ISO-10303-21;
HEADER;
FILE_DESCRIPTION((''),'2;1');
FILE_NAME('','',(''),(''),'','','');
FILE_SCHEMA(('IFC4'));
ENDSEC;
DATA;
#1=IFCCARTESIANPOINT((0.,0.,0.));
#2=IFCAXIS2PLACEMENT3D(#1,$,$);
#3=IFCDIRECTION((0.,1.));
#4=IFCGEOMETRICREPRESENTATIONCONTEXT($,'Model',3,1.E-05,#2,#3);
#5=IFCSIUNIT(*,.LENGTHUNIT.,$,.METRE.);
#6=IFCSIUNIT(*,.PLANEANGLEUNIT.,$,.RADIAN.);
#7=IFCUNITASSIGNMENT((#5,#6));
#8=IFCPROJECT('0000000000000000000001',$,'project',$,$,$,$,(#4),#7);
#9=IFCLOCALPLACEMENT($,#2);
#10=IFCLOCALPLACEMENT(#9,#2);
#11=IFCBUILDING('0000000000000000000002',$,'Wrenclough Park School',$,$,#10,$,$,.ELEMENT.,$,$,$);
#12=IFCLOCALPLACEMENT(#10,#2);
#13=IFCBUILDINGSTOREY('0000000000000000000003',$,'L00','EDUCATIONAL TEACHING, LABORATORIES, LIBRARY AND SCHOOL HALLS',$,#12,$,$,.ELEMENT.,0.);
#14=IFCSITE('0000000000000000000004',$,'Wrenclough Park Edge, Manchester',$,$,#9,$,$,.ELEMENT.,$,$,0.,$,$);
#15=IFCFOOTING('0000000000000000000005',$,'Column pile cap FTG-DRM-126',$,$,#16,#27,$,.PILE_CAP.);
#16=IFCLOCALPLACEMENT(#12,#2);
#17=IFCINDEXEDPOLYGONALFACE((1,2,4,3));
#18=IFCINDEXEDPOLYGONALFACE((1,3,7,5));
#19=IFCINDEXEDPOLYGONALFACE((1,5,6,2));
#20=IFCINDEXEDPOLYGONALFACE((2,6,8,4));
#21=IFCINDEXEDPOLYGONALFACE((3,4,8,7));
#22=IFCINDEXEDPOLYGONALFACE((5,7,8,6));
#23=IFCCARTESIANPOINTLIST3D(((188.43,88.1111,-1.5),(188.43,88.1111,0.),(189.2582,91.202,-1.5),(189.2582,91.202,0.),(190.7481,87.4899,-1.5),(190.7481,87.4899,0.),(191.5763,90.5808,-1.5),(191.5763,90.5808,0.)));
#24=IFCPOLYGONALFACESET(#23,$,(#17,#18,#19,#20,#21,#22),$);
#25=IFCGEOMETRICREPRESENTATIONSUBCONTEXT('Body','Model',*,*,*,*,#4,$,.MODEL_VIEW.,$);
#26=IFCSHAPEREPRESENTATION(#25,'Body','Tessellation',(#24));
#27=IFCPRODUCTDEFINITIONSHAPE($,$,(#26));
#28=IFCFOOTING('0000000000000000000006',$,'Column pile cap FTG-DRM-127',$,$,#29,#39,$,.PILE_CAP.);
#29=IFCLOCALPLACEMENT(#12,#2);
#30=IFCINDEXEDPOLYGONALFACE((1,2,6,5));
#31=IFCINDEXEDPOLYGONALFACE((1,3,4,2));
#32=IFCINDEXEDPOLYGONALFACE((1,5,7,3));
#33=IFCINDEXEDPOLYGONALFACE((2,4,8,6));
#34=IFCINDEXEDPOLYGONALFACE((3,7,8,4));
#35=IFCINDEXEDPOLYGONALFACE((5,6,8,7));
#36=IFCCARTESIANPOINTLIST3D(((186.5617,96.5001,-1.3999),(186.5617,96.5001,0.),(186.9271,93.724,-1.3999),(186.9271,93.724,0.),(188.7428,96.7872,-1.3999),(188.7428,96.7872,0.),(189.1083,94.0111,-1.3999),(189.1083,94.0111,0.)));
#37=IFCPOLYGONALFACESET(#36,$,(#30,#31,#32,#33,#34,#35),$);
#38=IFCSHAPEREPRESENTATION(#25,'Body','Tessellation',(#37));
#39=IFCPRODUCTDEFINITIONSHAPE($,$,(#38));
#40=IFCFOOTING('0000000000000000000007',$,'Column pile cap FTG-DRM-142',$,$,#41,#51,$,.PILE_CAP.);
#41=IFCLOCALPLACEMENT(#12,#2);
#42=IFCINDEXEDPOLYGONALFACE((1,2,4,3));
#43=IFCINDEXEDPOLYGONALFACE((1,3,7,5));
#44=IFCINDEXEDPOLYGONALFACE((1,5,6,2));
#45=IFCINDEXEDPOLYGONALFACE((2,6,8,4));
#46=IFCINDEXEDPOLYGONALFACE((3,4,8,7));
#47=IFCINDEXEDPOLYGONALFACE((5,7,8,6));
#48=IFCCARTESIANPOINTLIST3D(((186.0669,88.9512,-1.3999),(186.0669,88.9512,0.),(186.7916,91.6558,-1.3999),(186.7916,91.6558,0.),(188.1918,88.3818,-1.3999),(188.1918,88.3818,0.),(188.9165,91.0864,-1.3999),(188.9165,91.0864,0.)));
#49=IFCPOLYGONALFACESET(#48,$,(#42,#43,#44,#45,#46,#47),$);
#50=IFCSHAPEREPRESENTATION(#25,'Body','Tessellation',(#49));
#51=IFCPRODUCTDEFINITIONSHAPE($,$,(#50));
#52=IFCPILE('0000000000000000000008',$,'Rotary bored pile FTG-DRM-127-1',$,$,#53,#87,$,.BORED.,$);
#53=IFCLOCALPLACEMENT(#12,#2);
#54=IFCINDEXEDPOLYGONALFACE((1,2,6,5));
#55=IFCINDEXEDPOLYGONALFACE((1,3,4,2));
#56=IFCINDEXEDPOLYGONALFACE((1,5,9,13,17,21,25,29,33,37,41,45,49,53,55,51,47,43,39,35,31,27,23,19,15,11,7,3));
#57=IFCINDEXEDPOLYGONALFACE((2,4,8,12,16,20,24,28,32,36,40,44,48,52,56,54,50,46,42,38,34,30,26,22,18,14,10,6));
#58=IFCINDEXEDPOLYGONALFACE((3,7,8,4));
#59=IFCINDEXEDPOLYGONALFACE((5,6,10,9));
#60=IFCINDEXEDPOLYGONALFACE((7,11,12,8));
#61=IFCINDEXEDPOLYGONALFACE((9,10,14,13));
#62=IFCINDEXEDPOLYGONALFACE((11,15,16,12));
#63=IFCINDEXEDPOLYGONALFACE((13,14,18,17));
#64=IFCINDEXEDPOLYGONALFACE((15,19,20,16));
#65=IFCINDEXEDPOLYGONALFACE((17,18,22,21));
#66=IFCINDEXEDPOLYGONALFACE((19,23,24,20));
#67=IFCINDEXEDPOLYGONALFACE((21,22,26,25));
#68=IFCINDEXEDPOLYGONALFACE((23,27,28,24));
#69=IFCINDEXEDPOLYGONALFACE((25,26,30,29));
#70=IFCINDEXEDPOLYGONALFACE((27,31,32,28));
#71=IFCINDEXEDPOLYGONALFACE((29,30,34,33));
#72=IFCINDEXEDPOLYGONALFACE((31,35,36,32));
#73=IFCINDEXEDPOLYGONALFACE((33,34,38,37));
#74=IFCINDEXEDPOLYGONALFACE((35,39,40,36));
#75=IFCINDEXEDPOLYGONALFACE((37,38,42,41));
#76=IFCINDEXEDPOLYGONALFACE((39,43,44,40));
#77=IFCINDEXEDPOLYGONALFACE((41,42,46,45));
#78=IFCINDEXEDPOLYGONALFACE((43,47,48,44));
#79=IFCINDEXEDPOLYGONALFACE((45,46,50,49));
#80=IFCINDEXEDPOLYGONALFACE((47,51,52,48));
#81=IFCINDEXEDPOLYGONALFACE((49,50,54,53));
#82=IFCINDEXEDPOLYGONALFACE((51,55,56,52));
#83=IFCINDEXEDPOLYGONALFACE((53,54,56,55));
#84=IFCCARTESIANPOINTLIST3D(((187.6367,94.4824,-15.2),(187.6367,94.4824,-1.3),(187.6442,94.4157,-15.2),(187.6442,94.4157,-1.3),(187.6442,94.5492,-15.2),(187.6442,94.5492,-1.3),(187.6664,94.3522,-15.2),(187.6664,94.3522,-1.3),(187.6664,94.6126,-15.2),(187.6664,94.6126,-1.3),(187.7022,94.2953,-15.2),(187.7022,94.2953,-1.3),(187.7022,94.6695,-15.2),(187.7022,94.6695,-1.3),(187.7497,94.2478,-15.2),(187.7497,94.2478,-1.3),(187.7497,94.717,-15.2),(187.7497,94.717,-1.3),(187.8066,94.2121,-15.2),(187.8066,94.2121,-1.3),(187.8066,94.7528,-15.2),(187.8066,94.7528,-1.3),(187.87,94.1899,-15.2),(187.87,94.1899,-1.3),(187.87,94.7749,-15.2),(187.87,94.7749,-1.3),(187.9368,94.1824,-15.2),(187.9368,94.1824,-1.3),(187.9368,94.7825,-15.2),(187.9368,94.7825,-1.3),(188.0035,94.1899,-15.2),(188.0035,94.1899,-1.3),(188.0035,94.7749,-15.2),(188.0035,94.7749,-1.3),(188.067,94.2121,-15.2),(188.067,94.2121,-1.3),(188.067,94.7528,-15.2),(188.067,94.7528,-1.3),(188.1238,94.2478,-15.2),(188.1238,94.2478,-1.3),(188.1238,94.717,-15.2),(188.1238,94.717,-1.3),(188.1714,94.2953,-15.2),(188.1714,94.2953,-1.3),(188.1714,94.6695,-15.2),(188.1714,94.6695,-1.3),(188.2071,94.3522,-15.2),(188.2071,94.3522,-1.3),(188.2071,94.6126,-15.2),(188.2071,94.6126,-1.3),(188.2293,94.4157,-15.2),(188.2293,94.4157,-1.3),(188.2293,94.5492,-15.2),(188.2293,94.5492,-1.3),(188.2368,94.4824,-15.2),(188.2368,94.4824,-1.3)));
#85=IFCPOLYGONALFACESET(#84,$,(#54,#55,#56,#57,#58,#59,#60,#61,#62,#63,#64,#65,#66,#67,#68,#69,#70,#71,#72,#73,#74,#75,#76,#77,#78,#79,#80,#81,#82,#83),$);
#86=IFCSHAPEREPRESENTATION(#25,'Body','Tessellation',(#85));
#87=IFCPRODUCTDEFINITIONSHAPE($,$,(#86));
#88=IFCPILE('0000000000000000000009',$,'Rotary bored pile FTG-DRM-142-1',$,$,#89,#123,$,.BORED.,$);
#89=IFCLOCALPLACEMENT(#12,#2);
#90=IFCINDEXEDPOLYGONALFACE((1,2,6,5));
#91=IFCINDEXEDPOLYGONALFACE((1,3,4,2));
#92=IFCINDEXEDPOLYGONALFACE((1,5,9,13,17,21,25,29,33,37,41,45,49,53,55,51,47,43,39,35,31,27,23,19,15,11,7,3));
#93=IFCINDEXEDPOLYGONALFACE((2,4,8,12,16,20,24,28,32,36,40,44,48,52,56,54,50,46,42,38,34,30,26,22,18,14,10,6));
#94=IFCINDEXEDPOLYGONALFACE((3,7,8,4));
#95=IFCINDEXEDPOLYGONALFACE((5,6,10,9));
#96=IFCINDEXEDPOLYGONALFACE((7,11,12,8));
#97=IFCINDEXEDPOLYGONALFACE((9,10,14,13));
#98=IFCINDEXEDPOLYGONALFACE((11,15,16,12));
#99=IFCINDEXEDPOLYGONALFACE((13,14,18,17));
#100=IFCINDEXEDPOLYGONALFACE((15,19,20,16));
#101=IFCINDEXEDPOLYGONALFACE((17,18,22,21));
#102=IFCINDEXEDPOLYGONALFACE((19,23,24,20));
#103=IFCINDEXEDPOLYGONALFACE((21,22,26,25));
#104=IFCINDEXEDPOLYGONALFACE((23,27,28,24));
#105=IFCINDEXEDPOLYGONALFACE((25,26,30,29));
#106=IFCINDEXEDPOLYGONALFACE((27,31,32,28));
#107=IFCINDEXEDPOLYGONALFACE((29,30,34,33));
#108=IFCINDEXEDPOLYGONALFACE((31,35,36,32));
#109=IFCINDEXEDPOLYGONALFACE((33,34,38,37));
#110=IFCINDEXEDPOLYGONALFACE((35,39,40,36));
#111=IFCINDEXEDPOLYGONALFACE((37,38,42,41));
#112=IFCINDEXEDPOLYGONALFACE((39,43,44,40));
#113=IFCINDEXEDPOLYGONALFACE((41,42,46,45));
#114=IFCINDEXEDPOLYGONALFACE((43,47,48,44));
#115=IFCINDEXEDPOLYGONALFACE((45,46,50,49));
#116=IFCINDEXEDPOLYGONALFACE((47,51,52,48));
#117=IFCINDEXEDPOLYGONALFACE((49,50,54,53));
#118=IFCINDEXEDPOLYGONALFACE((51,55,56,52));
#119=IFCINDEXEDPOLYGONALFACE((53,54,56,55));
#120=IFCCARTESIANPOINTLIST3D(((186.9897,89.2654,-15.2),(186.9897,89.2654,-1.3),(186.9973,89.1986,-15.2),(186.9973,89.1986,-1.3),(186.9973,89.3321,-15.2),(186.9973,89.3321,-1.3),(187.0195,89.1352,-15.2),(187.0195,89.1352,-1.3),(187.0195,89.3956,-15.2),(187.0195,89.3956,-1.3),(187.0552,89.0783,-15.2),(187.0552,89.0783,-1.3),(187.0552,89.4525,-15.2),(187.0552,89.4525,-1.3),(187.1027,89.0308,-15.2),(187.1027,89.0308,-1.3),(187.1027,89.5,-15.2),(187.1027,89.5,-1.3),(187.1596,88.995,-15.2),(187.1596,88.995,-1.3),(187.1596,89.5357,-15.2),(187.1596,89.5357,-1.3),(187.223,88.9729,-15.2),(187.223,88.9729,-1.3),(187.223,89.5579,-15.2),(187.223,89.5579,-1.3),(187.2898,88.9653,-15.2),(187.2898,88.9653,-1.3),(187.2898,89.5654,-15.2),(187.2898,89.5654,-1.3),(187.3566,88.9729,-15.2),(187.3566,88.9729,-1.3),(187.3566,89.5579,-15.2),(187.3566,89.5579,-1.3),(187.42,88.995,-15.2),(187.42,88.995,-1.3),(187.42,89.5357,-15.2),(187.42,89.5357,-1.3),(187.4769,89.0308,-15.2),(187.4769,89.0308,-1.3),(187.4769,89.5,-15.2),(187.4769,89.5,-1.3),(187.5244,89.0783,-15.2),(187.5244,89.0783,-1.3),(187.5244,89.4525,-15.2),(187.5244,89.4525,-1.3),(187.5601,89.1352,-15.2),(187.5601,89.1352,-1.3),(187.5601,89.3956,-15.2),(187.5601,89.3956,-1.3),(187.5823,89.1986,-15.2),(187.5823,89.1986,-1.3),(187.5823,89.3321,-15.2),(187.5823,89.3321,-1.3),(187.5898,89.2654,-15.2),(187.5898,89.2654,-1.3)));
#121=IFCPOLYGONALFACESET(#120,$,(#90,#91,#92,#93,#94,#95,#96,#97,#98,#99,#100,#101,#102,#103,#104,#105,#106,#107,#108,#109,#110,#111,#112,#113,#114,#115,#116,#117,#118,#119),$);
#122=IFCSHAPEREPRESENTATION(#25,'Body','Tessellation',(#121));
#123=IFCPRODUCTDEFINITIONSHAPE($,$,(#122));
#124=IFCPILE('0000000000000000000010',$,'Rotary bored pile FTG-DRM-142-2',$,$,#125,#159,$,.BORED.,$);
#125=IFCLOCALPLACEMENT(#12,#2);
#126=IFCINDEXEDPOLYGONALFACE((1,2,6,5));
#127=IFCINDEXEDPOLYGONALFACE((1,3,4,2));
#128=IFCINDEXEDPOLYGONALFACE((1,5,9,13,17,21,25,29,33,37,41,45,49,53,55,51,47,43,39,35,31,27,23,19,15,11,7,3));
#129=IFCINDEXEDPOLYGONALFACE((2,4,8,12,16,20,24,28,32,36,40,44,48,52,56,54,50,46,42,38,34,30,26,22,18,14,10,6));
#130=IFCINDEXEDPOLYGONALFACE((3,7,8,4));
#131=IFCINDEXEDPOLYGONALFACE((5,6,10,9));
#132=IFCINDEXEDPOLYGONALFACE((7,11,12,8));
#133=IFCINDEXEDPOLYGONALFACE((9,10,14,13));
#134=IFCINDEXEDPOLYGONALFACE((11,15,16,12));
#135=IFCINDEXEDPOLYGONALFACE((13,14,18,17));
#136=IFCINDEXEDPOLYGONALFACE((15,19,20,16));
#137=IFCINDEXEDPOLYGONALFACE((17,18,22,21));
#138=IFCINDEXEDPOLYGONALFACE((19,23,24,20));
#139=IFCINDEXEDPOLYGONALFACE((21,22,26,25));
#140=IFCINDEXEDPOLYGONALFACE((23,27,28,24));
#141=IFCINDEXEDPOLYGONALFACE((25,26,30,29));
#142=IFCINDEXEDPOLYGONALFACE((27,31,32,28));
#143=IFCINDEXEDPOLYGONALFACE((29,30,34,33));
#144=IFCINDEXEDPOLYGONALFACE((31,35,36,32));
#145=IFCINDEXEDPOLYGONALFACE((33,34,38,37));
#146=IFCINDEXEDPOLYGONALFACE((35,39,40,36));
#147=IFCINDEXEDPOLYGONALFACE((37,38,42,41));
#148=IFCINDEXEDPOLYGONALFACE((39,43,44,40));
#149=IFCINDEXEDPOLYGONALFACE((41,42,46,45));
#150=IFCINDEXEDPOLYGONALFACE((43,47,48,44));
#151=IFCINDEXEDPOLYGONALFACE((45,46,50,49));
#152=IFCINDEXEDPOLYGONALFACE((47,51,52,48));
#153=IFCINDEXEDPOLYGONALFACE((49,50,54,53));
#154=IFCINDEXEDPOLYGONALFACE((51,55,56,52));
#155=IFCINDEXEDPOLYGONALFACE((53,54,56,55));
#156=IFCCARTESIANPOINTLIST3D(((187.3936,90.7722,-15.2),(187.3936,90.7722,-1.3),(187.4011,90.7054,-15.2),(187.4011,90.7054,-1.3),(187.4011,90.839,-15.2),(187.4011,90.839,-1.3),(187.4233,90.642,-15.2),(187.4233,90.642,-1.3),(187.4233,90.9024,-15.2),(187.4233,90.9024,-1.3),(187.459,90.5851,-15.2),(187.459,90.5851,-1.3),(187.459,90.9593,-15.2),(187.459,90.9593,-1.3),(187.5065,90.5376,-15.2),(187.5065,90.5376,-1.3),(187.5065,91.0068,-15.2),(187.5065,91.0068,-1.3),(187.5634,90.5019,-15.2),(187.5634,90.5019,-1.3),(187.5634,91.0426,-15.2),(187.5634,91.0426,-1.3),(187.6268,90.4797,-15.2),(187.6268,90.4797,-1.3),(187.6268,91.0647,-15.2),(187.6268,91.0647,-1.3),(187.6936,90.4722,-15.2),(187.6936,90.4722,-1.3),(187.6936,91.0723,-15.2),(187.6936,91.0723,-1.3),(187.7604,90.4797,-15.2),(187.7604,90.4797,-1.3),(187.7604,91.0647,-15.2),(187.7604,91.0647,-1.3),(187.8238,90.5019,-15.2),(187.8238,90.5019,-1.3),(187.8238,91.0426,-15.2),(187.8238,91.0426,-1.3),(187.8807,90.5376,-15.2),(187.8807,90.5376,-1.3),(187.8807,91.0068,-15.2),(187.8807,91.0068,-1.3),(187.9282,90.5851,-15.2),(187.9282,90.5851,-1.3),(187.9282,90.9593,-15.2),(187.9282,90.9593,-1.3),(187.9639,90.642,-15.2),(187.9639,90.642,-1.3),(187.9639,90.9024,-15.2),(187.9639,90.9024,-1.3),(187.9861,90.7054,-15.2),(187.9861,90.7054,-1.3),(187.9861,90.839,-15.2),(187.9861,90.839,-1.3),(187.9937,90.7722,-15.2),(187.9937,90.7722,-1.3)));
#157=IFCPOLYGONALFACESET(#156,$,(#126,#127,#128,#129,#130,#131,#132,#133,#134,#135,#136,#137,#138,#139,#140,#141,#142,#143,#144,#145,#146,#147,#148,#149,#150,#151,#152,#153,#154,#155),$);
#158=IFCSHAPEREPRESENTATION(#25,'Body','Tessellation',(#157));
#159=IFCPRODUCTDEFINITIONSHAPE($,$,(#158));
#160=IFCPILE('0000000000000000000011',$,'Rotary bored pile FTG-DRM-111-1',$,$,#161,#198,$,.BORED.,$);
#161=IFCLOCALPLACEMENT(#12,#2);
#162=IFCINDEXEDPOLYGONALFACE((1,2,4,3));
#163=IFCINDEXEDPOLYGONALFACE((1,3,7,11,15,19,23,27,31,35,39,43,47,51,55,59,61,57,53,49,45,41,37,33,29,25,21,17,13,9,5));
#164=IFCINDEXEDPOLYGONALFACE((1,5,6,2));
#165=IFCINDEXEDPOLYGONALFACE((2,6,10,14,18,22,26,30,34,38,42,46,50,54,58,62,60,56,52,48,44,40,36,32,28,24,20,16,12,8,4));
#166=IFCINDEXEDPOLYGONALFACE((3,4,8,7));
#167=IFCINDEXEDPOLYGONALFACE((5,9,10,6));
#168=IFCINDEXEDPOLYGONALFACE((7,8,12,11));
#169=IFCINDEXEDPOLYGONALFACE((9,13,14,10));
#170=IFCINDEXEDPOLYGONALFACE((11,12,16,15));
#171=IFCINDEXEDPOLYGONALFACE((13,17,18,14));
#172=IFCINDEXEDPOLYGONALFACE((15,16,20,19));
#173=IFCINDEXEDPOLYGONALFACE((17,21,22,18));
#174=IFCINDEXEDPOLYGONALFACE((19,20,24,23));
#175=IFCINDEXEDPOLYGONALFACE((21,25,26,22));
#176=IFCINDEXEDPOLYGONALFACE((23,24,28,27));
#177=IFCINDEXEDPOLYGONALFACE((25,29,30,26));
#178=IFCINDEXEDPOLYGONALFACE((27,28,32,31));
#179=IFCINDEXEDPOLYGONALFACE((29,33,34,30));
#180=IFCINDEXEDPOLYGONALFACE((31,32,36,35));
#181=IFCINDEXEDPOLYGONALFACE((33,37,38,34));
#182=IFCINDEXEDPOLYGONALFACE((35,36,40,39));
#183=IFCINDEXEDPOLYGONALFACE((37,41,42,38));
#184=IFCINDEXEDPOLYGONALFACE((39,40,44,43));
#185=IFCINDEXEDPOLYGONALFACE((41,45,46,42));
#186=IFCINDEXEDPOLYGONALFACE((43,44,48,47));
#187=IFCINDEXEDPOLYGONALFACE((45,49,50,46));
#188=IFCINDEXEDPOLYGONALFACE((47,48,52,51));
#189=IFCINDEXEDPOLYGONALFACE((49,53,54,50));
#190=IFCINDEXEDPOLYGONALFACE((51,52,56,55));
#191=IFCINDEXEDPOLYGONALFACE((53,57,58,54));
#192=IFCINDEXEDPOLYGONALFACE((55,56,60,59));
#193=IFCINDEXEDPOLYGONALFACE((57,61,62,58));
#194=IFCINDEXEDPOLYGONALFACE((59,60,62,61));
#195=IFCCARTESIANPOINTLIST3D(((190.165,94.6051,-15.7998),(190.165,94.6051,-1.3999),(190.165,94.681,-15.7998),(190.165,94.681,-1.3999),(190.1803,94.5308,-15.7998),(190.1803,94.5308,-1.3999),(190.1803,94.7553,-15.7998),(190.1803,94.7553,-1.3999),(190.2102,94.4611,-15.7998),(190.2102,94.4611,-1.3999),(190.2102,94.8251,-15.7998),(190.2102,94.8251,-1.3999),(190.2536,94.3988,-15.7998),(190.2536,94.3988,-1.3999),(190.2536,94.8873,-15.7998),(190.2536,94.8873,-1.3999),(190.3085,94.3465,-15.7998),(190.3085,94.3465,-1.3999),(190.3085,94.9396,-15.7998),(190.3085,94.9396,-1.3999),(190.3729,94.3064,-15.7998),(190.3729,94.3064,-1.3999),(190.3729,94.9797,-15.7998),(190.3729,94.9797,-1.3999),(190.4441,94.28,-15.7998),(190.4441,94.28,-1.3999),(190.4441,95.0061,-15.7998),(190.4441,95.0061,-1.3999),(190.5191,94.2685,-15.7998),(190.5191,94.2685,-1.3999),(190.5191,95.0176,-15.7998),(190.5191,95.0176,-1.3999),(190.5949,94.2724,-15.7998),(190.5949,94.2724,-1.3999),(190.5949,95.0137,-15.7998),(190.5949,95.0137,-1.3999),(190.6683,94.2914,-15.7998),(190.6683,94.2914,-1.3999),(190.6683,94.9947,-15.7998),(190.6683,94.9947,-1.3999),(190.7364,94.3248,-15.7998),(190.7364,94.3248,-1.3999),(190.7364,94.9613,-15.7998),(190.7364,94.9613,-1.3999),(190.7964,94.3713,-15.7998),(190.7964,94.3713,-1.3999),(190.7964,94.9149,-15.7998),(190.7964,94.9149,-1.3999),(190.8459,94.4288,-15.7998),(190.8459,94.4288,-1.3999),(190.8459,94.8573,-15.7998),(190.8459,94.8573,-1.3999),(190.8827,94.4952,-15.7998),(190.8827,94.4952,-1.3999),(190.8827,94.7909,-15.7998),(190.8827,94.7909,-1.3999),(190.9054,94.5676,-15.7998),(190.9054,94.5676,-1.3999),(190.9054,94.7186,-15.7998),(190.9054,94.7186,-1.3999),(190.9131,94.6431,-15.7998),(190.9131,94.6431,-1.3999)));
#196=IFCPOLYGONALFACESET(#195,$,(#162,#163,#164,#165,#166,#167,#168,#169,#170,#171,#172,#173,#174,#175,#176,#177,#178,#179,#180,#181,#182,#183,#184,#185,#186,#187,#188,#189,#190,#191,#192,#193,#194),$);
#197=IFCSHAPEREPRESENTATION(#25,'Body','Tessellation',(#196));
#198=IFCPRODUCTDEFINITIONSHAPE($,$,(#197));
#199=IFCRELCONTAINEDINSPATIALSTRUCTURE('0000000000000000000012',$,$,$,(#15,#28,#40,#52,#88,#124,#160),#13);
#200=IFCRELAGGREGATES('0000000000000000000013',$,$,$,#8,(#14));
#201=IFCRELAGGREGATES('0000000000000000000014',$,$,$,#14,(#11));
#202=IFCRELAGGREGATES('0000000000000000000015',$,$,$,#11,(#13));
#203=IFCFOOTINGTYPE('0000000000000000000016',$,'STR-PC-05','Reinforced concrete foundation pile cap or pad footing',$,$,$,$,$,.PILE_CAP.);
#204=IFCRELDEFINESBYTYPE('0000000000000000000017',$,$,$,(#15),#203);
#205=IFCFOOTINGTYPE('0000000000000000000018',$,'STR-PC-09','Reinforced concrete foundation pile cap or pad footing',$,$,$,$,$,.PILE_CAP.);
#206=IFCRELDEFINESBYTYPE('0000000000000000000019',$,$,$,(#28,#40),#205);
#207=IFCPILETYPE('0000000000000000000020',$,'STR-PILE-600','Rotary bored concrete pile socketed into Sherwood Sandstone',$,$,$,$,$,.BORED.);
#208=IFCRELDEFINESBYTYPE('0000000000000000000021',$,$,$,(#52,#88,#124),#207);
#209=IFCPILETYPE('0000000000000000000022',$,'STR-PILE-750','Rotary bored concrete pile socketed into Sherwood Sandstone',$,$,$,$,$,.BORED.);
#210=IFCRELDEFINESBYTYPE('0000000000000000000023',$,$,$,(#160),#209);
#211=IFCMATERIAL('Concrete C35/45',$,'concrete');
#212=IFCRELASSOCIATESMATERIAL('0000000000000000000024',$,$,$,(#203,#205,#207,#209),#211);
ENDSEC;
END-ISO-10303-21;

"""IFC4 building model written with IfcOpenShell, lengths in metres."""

from ifc_helpers import new_model, si_unit, direction, frame, origin, origin_2d, place, context, subcontext, project, spatial, rectangle, circle, extrude, material, material_profile, profile_set, type_object, element, save


model = new_model("IFC4")

# Units and contexts
model_context = context("Model", 3, precision=1e-05, world=origin(), true_north=direction((0.0, 1.0)))
body_context = subcontext(model_context, "Body", "Model", "MODEL_VIEW")
ifc_project = project(units=[si_unit("LENGTHUNIT", "METRE"), si_unit("PLANEANGLEUNIT", "RADIAN")], contexts=[model_context])

# Site, building, storey
site_placement = place(None, origin())
site = spatial("IfcSite", under=ifc_project, at=site_placement, Name="Wrenclough Park Edge, Manchester", CompositionType="ELEMENT", RefElevation=0.0)
building_placement = place(site_placement, origin())
building = spatial("IfcBuilding", under=site, at=building_placement, Name="Wrenclough Park School", CompositionType="ELEMENT")
storey_placement = place(building_placement, origin())
storey = spatial("IfcBuildingStorey", under=building, at=storey_placement, Name="L00", Description="EDUCATIONAL TEACHING, LABORATORIES, LIBRARY AND SCHOOL HALLS", CompositionType="ELEMENT", Elevation=0.0)

# Footings
ifc_material_1 = material(Name="Concrete C35/45", Category="concrete")
footing_type_1 = type_object("IfcFootingType", Name="STR-PC-05", Description="Reinforced concrete foundation pile cap or pad footing", PredefinedType="PILE_CAP", material=ifc_material_1)
footing_placement = place(storey_placement, frame((190.0032, 89.3459, -1.5), z_axis=(0.0, 0.0, 1.0), x_axis=(0.258819, 0.965926, 0.0)))
element("IfcFooting", 1, at=footing_placement, inside=storey, type_object=footing_type_1, Name="Column pile cap FTG-DRM-126", PredefinedType="PILE_CAP", context=body_context, shape_type="SweptSolid", body=[
    extrude(rectangle(XDim=3.2, YDim=2.3999, at=origin_2d()), origin(), (0.0, 0.0, 1.0), 1.5),
])
footing_type_2 = type_object("IfcFootingType", Name="STR-PC-09", Description="Reinforced concrete foundation pile cap or pad footing", PredefinedType="PILE_CAP", material=ifc_material_1)
for number, where, z_axis, x_axis, name in (
    (2, (187.835, 95.2556, -1.3999), (0.0, 0.0, 1.0), (-0.130526, 0.991445, 0.0), "Column pile cap FTG-DRM-127"),
    (3, (187.4917, 90.0188, -1.3999), (0.0, 0.0, 1.0), (0.258819, 0.965926, 0.0), "Column pile cap FTG-DRM-142"),
):
    element("IfcFooting", number, at=place(storey_placement, frame(where, z_axis=z_axis, x_axis=x_axis)), inside=storey, type_object=footing_type_2, Name=name, PredefinedType="PILE_CAP", context=body_context, shape_type="SweptSolid", body=[
        extrude(rectangle(XDim=2.8, YDim=2.2, at=origin_2d()), origin(), (0.0, 0.0, 1.0), 1.3999),
    ])

# Piles
ifc_material_profile_1 = material_profile(ifc_material_1, circle(Radius=0.3, at=origin_2d()), Name="BORED PILE D600")
ifc_profile_set_1 = profile_set([ifc_material_profile_1], Name="Concrete C35/45")
pile_type_1 = type_object("IfcPileType", Name="STR-PILE-600", Description="Rotary bored concrete pile socketed into Sherwood Sandstone", PredefinedType="BORED", material=ifc_profile_set_1)
for number, where, z_axis, x_axis, name in (
    (4, (187.9368, 94.4824, -1.3), (0.0, 0.0, -1.0), (1.0, 0.0, 0.0), "Rotary bored pile FTG-DRM-127-1"),
    (5, (187.2898, 89.2654, -1.3), (0.0, 0.0, -1.0), (1.0, 0.0, 0.0), "Rotary bored pile FTG-DRM-142-1"),
    (6, (187.6936, 90.7722, -1.3), (0.0, 0.0, -1.0), (1.0, 0.0, 0.0), "Rotary bored pile FTG-DRM-142-2"),
):
    element("IfcPile", number, at=place(storey_placement, frame(where, z_axis=z_axis, x_axis=x_axis)), inside=storey, type_object=pile_type_1, Name=name, PredefinedType="BORED", context=body_context, shape_type="SweptSolid", body=[
        extrude(circle(Radius=0.3, at=origin_2d()), origin(), (0.0, 0.0, 1.0), 13.8999),
    ])
ifc_material_profile_2 = material_profile(ifc_material_1, circle(Radius=0.375, at=origin_2d()), Name="BORED PILE D750")
ifc_profile_set_2 = profile_set([ifc_material_profile_2], Name="Concrete C35/45")
pile_type_2 = type_object("IfcPileType", Name="STR-PILE-750", Description="Rotary bored concrete pile socketed into Sherwood Sandstone", PredefinedType="BORED", material=ifc_profile_set_2)
for number, where, z_axis, x_axis, name in (
    (7, (190.5381, 94.6431, -1.3999), (0.0, 0.0, -1.0), (1.0, 0.0, 0.0), "Rotary bored pile FTG-DRM-111-1"),
):
    element("IfcPile", number, at=place(storey_placement, frame(where, z_axis=z_axis, x_axis=x_axis)), inside=storey, type_object=pile_type_2, Name=name, PredefinedType="BORED", context=body_context, shape_type="SweptSolid", body=[
        extrude(circle(Radius=0.375, at=origin_2d()), origin(), (0.0, 0.0, 1.0), 14.3999),
    ])

save(model, "model.ifc")
